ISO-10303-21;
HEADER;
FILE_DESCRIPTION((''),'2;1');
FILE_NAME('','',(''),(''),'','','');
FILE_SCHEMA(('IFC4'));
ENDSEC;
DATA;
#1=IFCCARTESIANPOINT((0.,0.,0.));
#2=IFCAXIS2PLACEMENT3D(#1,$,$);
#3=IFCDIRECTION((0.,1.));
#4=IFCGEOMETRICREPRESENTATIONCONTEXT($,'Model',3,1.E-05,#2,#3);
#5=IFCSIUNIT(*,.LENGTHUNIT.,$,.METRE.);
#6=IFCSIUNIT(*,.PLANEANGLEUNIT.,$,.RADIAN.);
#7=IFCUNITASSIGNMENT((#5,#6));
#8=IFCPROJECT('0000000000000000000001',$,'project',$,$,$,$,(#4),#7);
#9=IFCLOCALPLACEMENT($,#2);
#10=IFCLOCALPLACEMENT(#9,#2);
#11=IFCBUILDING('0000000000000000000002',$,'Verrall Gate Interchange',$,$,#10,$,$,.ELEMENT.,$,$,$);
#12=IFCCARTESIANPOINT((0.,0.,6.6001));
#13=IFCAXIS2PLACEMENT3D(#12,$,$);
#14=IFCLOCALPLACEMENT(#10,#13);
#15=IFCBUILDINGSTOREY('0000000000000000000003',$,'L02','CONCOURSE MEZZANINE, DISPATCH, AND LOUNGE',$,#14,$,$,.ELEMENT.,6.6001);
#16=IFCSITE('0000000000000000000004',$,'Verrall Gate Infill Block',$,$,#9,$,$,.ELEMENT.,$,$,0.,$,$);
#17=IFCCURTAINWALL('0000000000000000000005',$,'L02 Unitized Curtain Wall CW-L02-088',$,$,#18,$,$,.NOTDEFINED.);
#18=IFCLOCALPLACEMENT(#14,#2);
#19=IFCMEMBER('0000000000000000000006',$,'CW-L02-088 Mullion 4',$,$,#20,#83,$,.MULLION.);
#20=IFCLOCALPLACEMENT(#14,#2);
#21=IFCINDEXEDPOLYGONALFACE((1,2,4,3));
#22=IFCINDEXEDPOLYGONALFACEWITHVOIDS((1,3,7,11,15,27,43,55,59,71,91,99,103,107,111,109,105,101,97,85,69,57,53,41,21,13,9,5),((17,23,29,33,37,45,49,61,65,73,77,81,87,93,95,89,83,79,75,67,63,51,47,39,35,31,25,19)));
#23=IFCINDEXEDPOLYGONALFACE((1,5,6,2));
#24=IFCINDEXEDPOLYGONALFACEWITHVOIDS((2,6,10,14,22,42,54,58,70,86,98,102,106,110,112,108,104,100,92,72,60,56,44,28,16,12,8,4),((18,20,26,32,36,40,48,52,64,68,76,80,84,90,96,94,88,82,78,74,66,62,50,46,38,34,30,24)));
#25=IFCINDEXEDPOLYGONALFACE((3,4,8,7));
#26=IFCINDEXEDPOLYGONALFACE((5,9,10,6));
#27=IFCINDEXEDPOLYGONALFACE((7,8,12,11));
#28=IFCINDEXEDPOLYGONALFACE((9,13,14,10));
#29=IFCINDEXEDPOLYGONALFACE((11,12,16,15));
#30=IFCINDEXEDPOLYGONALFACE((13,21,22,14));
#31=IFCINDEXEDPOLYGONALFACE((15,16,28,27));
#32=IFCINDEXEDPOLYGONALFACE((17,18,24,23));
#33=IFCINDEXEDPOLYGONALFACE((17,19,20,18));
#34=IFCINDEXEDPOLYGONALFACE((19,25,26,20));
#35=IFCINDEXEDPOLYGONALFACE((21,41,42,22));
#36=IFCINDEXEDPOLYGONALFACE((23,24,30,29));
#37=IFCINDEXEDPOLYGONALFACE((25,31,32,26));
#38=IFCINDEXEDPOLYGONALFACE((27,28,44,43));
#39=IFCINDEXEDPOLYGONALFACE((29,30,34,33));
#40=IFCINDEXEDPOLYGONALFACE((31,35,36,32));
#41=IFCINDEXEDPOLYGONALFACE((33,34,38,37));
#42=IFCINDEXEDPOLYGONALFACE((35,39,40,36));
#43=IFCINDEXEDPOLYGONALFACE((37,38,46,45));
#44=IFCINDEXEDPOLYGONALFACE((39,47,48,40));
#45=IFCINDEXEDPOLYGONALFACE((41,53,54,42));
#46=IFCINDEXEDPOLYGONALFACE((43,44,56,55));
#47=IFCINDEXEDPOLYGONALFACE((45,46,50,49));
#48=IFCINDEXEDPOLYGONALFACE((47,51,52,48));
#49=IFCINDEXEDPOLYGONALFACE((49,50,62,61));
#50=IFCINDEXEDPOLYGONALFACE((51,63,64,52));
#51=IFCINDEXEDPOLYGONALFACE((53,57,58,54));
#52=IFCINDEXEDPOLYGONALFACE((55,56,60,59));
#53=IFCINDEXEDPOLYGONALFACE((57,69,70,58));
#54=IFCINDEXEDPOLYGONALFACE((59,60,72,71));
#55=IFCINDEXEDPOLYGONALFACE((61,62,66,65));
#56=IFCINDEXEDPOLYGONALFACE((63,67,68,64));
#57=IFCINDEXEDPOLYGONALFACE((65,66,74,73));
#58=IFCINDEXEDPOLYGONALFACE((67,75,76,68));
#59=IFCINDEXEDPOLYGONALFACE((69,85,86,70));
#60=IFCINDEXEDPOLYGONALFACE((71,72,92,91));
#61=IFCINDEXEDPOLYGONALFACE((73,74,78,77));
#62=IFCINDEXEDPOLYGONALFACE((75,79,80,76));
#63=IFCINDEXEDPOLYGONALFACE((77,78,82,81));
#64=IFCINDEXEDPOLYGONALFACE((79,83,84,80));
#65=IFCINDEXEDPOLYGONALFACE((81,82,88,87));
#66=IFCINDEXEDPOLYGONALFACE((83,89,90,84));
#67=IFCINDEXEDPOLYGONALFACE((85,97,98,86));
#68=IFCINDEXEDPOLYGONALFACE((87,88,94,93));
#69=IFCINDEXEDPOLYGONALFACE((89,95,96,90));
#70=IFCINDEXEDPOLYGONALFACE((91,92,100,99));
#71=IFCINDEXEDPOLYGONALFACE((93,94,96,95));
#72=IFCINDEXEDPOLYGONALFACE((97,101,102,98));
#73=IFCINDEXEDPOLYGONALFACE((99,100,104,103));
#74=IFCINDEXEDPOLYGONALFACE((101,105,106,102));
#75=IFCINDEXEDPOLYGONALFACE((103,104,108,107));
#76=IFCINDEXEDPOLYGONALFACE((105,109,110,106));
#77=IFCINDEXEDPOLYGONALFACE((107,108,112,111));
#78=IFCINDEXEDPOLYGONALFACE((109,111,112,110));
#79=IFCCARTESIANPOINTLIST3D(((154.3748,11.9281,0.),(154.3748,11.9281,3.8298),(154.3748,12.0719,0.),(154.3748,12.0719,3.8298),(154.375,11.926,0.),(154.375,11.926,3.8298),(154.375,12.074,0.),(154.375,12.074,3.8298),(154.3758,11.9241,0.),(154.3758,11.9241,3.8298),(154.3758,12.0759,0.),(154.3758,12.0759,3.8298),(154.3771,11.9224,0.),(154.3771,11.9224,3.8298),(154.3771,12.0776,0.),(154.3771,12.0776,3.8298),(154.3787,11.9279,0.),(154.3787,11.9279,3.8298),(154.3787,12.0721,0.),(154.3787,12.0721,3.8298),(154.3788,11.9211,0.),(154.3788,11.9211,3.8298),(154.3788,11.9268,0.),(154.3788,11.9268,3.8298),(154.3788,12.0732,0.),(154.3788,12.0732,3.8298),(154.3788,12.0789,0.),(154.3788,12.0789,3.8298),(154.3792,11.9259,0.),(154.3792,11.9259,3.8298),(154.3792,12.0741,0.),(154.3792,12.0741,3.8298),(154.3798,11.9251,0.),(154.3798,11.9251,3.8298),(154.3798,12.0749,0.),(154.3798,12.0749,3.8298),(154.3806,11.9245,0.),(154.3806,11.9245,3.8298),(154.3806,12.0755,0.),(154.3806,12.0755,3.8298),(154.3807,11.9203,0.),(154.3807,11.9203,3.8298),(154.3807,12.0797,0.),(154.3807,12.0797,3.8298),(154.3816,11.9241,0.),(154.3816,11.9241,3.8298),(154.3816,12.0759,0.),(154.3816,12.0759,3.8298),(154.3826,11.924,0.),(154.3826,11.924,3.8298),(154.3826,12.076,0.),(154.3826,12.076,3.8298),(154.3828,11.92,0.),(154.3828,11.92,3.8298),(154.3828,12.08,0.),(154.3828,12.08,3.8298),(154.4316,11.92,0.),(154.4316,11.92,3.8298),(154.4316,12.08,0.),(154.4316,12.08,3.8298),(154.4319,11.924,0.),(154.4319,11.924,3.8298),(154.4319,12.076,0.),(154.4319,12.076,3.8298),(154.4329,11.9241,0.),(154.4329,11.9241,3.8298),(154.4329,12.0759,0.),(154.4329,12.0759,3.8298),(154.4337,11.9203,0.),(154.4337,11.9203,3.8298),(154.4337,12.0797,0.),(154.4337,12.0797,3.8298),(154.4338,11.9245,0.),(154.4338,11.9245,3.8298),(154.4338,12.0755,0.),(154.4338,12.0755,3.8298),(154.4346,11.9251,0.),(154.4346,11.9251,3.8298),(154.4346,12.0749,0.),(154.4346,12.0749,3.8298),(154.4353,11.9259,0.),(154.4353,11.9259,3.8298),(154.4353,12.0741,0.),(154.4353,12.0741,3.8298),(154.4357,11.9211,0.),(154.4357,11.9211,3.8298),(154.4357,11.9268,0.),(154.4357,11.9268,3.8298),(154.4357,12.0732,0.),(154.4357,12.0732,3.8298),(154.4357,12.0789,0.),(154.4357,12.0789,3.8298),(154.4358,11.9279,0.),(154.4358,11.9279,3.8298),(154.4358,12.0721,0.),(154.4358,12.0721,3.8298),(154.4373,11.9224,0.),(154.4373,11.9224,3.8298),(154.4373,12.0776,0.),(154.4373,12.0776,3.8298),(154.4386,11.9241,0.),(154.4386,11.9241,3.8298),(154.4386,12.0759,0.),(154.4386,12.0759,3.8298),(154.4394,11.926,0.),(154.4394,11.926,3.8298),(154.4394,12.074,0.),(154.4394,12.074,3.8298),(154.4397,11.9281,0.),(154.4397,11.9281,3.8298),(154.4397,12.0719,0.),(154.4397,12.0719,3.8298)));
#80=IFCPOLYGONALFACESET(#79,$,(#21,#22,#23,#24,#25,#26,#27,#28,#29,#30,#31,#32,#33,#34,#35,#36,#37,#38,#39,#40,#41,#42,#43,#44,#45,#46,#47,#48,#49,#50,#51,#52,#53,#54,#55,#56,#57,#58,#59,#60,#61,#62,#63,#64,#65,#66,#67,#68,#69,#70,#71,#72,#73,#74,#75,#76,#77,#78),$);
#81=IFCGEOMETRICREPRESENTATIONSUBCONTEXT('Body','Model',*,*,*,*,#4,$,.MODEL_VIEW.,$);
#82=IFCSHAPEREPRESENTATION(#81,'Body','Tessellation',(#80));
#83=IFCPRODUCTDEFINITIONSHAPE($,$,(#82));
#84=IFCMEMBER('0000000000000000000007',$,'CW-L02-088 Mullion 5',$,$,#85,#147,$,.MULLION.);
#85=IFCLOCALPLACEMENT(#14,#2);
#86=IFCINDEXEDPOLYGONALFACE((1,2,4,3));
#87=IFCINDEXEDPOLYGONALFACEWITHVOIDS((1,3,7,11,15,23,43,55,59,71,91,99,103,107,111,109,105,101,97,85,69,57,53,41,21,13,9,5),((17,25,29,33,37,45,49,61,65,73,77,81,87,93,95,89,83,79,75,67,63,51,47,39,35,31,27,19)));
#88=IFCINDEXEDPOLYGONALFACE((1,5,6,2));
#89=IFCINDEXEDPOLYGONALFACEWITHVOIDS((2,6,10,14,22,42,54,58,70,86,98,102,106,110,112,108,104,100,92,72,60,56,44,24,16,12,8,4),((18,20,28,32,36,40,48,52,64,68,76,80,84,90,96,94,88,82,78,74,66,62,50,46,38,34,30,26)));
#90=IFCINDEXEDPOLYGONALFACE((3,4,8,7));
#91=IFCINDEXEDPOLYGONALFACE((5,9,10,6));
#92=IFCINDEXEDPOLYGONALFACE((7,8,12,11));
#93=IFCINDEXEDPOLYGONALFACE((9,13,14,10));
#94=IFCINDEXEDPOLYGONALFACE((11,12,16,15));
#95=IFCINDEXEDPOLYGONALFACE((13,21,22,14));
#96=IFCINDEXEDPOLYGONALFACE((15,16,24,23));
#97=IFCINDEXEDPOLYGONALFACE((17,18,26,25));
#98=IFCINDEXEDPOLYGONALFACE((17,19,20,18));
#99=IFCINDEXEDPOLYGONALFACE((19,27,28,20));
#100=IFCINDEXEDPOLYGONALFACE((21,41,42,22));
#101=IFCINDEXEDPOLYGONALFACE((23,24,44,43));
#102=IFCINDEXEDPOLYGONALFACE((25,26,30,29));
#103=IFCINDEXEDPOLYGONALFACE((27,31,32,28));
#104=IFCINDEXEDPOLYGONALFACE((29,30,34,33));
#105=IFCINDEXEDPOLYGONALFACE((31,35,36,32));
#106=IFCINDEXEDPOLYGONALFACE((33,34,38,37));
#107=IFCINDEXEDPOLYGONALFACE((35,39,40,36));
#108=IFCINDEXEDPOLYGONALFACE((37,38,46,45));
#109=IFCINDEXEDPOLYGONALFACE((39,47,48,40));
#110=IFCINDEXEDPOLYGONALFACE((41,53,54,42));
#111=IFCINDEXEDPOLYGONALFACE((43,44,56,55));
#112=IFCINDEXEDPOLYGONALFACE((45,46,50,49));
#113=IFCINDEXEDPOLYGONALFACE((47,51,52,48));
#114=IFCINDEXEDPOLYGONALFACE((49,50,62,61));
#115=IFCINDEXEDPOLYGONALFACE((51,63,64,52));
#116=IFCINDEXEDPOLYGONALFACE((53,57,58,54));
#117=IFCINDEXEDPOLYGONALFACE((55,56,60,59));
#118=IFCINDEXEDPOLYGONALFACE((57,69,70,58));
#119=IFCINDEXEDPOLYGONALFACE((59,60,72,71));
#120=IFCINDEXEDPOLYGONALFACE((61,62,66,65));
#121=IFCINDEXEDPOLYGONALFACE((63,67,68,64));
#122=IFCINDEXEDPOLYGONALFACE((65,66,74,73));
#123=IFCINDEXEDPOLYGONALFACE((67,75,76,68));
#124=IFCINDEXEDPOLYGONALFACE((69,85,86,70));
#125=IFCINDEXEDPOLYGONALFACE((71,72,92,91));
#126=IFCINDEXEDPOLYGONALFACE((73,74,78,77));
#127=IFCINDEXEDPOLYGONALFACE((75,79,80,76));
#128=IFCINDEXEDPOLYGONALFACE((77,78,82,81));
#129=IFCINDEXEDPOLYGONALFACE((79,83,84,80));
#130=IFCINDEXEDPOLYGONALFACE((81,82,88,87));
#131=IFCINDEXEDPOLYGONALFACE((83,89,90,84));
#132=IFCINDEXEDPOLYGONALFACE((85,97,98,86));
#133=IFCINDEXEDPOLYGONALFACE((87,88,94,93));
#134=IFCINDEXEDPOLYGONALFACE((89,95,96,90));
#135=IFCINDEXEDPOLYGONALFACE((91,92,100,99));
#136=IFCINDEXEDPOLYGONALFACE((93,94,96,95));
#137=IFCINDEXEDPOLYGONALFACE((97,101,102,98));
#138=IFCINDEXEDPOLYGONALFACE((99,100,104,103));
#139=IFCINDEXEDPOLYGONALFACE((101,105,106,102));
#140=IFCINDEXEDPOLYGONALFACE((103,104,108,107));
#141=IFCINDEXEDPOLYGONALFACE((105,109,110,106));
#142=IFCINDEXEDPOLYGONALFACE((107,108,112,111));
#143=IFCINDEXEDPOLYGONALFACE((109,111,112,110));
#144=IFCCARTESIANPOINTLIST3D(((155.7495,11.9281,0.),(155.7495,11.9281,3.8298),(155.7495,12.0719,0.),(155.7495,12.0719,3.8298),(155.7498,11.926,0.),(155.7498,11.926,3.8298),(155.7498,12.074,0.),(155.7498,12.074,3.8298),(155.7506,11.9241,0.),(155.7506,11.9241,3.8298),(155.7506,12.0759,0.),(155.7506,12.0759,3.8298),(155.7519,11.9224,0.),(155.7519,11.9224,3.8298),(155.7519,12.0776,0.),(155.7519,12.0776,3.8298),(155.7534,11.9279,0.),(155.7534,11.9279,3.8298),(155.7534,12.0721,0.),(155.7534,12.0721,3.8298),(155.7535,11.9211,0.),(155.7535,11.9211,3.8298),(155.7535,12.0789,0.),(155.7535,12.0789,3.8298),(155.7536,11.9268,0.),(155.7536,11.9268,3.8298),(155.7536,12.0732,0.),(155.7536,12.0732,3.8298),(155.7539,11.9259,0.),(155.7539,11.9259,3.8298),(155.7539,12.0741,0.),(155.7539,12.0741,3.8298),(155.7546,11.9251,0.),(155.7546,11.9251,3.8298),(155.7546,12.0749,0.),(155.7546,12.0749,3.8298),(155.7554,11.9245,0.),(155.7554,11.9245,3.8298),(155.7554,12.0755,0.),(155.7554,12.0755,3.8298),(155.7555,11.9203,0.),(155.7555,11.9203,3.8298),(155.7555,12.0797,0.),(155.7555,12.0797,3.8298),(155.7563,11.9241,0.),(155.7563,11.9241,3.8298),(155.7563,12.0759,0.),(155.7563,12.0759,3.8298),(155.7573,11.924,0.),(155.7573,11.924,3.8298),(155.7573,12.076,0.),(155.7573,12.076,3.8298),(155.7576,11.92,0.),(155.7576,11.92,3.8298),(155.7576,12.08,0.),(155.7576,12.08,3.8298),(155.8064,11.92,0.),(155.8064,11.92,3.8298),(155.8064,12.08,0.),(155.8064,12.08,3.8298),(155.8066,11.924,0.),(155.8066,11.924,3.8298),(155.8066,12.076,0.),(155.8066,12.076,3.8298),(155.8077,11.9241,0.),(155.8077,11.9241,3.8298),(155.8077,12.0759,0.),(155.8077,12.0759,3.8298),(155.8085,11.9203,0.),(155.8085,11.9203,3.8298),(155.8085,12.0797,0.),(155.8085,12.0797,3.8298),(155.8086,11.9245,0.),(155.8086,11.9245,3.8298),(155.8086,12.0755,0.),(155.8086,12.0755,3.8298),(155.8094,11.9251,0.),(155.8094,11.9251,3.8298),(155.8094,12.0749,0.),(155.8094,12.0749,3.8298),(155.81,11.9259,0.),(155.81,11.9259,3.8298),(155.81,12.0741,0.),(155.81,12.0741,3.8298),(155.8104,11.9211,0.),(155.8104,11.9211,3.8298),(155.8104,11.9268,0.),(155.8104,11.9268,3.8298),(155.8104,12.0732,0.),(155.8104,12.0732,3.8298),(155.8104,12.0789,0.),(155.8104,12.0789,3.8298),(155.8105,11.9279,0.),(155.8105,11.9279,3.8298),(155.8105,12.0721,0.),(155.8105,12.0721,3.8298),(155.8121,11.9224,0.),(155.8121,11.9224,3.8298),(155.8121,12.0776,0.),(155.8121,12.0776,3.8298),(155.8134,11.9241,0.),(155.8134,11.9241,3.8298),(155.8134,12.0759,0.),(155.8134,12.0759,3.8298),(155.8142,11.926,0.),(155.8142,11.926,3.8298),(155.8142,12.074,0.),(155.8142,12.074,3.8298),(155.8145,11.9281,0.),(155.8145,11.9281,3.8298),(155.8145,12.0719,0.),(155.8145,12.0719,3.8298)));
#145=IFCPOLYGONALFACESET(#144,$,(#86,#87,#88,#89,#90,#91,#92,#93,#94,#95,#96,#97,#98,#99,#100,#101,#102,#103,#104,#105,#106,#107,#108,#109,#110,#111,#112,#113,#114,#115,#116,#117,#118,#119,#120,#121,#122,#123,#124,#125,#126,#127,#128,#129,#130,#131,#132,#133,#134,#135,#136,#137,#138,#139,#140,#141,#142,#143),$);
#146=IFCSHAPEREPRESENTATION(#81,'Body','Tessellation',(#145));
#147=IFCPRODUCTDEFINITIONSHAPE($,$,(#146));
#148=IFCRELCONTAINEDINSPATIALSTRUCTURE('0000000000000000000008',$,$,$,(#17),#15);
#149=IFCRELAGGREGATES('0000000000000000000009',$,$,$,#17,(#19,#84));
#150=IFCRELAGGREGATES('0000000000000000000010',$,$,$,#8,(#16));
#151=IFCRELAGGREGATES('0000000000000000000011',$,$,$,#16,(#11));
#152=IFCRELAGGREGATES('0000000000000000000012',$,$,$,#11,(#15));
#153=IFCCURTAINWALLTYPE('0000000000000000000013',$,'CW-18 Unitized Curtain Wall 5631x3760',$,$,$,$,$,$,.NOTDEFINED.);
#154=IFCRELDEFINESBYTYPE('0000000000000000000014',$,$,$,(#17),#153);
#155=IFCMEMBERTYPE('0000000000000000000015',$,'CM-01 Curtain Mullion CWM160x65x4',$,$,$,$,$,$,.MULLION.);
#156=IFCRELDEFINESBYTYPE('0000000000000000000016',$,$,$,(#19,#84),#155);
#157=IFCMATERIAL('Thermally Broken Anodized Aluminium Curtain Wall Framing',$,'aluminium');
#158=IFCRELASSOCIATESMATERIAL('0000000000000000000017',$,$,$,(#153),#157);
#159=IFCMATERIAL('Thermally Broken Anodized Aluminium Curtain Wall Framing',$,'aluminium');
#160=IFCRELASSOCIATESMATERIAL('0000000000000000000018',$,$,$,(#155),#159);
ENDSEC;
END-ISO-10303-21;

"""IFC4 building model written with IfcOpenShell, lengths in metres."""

from ifc_helpers import new_model, si_unit, direction, frame, origin, origin_2d, place, context, subcontext, project, spatial, hollow_rectangle, extrude, material, material_profile, profile_set, type_object, element, aggregate, save


model = new_model("IFC4")

# Units and contexts
model_context = context("Model", 3, precision=1e-05, world=origin(), true_north=direction((0.0, 1.0)))
body_context = subcontext(model_context, "Body", "Model", "MODEL_VIEW")
ifc_project = project(units=[si_unit("LENGTHUNIT", "METRE"), si_unit("PLANEANGLEUNIT", "RADIAN")], contexts=[model_context])

# Site, building, storey
site_placement = place(None, origin())
site = spatial("IfcSite", under=ifc_project, at=site_placement, Name="Verrall Gate Infill Block", CompositionType="ELEMENT", RefElevation=0.0)
building_placement = place(site_placement, origin())
building = spatial("IfcBuilding", under=site, at=building_placement, Name="Verrall Gate Interchange", CompositionType="ELEMENT")
storey_placement = place(building_placement, frame((0.0, 0.0, 6.6001)))
storey = spatial("IfcBuildingStorey", under=building, at=storey_placement, Name="L02", Description="CONCOURSE MEZZANINE, DISPATCH, AND LOUNGE", CompositionType="ELEMENT", Elevation=6.6001)

# Curtain wall, members
ifc_material_1 = material(Name="Thermally Broken Anodized Aluminium Curtain Wall Framing", Category="aluminium")
curtain_wall_type_1 = type_object("IfcCurtainWallType", Name="CW-18 Unitized Curtain Wall 5631x3760", PredefinedType="NOTDEFINED", material=ifc_material_1)
curtain_wall_1_placement = place(storey_placement, origin())
curtain_wall_1 = element("IfcCurtainWall", 1, at=curtain_wall_1_placement, inside=storey, type_object=curtain_wall_type_1, Name="L02 Unitized Curtain Wall CW-L02-088", PredefinedType="NOTDEFINED")
ifc_material_2 = material(Name="Thermally Broken Anodized Aluminium Curtain Wall Framing", Category="aluminium")
ifc_material_profile_1 = material_profile(ifc_material_2, hollow_rectangle(XDim=0.0649, YDim=0.1599, WallThickness=0.0039, InnerFilletRadius=0.0039, OuterFilletRadius=0.0081, at=origin_2d()), Name="CWM160x65x4")
ifc_profile_set_1 = profile_set([ifc_material_profile_1], Name="Thermally Broken Anodized Aluminium Curtain Wall Framing")
member_type_1 = type_object("IfcMemberType", Name="CM-01 Curtain Mullion CWM160x65x4", PredefinedType="MULLION", material=ifc_profile_set_1)
member_1_placement = place(storey_placement, frame((154.4072, 12.0, 0.0), z_axis=(0.0, 0.0, 1.0), x_axis=(1.0, 0.0, 0.0)))
member_1 = element("IfcMember", 2, at=member_1_placement, type_object=member_type_1, Name="CW-L02-088 Mullion 4", PredefinedType="MULLION", context=body_context, shape_type="SweptSolid", body=[
    extrude(hollow_rectangle(XDim=0.0649, YDim=0.1599, WallThickness=0.0039, InnerFilletRadius=0.0039, OuterFilletRadius=0.0081, at=origin_2d()), origin(), (0.0, 0.0, 1.0), 3.8298),
])
member_2_placement = place(storey_placement, frame((155.782, 12.0, 0.0), z_axis=(0.0, 0.0, 1.0), x_axis=(1.0, 0.0, 0.0)))
member_2 = element("IfcMember", 3, at=member_2_placement, type_object=member_type_1, Name="CW-L02-088 Mullion 5", PredefinedType="MULLION", context=body_context, shape_type="SweptSolid", body=[
    extrude(hollow_rectangle(XDim=0.0649, YDim=0.1599, WallThickness=0.0039, InnerFilletRadius=0.0039, OuterFilletRadius=0.0081, at=origin_2d()), origin(), (0.0, 0.0, 1.0), 3.8298),
])

aggregate(curtain_wall_1, [member_1, member_2])

save(model, "model.ifc")
